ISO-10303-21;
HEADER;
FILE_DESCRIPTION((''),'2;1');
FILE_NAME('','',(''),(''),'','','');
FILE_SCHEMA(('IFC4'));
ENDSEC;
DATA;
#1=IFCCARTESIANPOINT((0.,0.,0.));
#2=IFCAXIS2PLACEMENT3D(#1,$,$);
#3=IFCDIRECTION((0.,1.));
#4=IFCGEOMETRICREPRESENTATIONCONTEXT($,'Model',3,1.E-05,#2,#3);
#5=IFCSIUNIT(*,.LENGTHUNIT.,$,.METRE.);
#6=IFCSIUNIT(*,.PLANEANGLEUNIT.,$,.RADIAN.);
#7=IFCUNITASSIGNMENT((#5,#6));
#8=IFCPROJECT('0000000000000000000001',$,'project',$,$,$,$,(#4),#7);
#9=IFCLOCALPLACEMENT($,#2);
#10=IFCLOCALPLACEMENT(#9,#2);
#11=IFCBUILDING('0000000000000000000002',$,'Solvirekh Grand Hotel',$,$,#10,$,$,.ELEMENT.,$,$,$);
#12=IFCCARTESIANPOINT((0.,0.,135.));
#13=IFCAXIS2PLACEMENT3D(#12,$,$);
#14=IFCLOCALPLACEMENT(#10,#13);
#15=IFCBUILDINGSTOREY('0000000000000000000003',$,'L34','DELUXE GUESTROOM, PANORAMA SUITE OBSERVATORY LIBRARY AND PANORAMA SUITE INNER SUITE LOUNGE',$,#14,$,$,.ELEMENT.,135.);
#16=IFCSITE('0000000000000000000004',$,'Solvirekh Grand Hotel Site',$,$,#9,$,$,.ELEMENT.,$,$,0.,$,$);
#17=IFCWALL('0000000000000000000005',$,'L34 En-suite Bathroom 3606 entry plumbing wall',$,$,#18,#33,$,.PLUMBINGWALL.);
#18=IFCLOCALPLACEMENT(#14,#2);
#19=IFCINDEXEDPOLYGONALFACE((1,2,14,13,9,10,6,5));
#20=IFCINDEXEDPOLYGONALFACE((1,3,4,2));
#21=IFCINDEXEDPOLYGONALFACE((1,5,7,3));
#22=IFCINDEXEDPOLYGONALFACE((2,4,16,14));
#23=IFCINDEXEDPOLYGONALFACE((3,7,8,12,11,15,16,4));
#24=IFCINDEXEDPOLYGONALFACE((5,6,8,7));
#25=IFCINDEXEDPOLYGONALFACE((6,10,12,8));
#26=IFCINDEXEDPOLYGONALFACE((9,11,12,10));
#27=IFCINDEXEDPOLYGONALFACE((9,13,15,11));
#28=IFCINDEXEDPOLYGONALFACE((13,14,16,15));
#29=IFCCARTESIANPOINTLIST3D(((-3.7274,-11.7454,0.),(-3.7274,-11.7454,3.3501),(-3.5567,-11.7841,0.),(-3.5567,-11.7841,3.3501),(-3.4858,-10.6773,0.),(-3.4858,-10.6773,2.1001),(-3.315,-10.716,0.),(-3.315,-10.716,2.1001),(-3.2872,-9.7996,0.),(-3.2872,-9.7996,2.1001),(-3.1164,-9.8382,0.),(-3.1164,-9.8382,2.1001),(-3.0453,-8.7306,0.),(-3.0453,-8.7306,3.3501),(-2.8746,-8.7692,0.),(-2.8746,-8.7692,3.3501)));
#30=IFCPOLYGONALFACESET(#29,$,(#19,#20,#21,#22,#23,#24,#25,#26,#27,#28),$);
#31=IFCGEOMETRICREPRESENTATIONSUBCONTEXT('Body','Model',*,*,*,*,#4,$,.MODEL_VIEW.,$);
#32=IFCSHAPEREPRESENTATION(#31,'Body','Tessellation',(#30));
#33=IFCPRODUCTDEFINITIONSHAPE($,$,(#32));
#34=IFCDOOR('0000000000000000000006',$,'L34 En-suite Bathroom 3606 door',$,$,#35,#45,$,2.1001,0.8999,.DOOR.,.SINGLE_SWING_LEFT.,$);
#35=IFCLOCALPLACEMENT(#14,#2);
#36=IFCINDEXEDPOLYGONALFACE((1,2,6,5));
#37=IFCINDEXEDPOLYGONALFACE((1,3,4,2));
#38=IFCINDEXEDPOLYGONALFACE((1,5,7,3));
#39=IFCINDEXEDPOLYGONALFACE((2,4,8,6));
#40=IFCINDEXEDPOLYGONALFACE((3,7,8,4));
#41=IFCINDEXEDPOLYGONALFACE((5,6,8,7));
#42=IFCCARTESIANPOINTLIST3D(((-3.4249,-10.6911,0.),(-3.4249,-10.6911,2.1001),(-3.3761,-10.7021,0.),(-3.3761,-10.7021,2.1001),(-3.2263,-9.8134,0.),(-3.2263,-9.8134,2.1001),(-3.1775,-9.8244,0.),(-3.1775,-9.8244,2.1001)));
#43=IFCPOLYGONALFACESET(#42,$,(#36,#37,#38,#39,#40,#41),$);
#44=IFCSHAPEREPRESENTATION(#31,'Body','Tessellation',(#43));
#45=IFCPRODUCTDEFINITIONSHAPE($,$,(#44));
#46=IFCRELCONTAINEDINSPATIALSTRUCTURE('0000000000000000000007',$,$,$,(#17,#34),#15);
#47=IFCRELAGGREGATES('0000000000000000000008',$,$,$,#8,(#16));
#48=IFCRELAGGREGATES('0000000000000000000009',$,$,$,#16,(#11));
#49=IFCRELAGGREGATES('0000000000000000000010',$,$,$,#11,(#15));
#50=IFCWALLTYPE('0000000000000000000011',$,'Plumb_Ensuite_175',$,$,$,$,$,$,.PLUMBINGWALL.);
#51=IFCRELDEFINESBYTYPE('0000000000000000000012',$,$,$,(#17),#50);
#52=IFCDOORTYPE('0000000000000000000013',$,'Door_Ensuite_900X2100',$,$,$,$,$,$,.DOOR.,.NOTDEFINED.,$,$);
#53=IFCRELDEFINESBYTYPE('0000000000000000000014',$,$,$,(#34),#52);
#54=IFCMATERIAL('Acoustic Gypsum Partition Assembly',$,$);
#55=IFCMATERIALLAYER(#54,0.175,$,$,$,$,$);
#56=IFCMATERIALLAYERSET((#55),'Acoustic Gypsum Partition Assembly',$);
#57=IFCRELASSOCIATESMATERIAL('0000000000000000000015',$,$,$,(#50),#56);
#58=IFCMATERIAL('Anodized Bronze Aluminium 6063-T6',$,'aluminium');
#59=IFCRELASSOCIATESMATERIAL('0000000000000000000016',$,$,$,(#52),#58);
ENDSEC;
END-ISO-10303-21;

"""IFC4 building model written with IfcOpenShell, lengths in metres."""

from ifc_helpers import new_model, si_unit, direction, frame, frame_2d, origin, place, context, subcontext, project, spatial, rectangle, extrude, material, layer, layer_set, type_object, element, fill, save


model = new_model("IFC4")

# Units and contexts
model_context = context("Model", 3, precision=1e-05, world=origin(), true_north=direction((0.0, 1.0)))
body_context = subcontext(model_context, "Body", "Model", "MODEL_VIEW")
ifc_project = project(units=[si_unit("LENGTHUNIT", "METRE"), si_unit("PLANEANGLEUNIT", "RADIAN")], contexts=[model_context])

# Site, building, storey
site_placement = place(None, origin())
site = spatial("IfcSite", under=ifc_project, at=site_placement, Name="Solvirekh Grand Hotel Site", CompositionType="ELEMENT", RefElevation=0.0)
building_placement = place(site_placement, origin())
building = spatial("IfcBuilding", under=site, at=building_placement, Name="Solvirekh Grand Hotel", CompositionType="ELEMENT")
storey_placement = place(building_placement, frame((0.0, 0.0, 135.0)))
storey = spatial("IfcBuildingStorey", under=building, at=storey_placement, Name="L34", Description="DELUXE GUESTROOM, PANORAMA SUITE OBSERVATORY LIBRARY AND PANORAMA SUITE INNER SUITE LOUNGE", CompositionType="ELEMENT", Elevation=135.0)

# Shared definitions
ifc_material_1 = material(Name="Acoustic Gypsum Partition Assembly")

# Shared definitions
ifc_material_2 = material(Name="Anodized Bronze Aluminium 6063-T6", Category="aluminium")

# Wall, opening, door
ifc_layer_1 = layer(ifc_material_1, 0.175)
ifc_layer_set_1 = layer_set([ifc_layer_1], Name="Acoustic Gypsum Partition Assembly")
wall_type_1 = type_object("IfcWallType", Name="Plumb_Ensuite_175", PredefinedType="PLUMBINGWALL", material=ifc_layer_set_1)
wall_1_placement = place(storey_placement, frame((-2.96, -8.75, 0.0), z_axis=(0.0, 0.0, 1.0), x_axis=(-0.220675, -0.975347, 0.0)))
wall_1 = element("IfcWall", 1, at=wall_1_placement, inside=storey, type_object=wall_type_1, Name="L34 En-suite Bathroom 3606 entry plumbing wall", PredefinedType="PLUMBINGWALL", context=body_context, shape_type="SweptSolid", body=[
    extrude(rectangle(XDim=3.0911, YDim=0.175, at=frame_2d((1.5454, 0.0))), origin(), (0.0, 0.0, 1.0), 3.3501),
])
opening_1_placement = place(wall_1_placement, frame((1.0959, 0.0, 0.0)))
opening_1 = element("IfcOpeningElement", 2, at=opening_1_placement, cuts=wall_1, PredefinedType="OPENING", context=body_context, shape_type="SweptSolid", body=[
    extrude(rectangle(XDim=0.8999, YDim=2.1001, at=frame_2d((0.45, 1.05))), frame((0.0, 0.0977, 0.0), z_axis=(0.0, -1.0, 0.0), x_axis=(1.0, 0.0, 0.0)), (0.0, 0.0, 1.0), 0.1951),
])
door_type_1 = type_object("IfcDoorType", Name="Door_Ensuite_900X2100", OperationType="NOTDEFINED", PredefinedType="DOOR", material=ifc_material_2)
door_1_placement = place(opening_1_placement, origin())
door_1 = element("IfcDoor", 3, at=door_1_placement, inside=storey, type_object=door_type_1, Name="L34 En-suite Bathroom 3606 door", OperationType="SINGLE_SWING_LEFT", OverallHeight=2.1001, OverallWidth=0.8999, PredefinedType="DOOR", context=body_context, shape_type="SweptSolid", body=[
    extrude(rectangle(XDim=0.8999, YDim=2.1001, at=frame_2d((0.45, 1.05))), frame((0.0, 0.0249, 0.0), z_axis=(0.0, -1.0, 0.0), x_axis=(1.0, 0.0, 0.0)), (0.0, 0.0, 1.0), 0.05),
])
fill(opening_1, door_1)

save(model, "model.ifc")
